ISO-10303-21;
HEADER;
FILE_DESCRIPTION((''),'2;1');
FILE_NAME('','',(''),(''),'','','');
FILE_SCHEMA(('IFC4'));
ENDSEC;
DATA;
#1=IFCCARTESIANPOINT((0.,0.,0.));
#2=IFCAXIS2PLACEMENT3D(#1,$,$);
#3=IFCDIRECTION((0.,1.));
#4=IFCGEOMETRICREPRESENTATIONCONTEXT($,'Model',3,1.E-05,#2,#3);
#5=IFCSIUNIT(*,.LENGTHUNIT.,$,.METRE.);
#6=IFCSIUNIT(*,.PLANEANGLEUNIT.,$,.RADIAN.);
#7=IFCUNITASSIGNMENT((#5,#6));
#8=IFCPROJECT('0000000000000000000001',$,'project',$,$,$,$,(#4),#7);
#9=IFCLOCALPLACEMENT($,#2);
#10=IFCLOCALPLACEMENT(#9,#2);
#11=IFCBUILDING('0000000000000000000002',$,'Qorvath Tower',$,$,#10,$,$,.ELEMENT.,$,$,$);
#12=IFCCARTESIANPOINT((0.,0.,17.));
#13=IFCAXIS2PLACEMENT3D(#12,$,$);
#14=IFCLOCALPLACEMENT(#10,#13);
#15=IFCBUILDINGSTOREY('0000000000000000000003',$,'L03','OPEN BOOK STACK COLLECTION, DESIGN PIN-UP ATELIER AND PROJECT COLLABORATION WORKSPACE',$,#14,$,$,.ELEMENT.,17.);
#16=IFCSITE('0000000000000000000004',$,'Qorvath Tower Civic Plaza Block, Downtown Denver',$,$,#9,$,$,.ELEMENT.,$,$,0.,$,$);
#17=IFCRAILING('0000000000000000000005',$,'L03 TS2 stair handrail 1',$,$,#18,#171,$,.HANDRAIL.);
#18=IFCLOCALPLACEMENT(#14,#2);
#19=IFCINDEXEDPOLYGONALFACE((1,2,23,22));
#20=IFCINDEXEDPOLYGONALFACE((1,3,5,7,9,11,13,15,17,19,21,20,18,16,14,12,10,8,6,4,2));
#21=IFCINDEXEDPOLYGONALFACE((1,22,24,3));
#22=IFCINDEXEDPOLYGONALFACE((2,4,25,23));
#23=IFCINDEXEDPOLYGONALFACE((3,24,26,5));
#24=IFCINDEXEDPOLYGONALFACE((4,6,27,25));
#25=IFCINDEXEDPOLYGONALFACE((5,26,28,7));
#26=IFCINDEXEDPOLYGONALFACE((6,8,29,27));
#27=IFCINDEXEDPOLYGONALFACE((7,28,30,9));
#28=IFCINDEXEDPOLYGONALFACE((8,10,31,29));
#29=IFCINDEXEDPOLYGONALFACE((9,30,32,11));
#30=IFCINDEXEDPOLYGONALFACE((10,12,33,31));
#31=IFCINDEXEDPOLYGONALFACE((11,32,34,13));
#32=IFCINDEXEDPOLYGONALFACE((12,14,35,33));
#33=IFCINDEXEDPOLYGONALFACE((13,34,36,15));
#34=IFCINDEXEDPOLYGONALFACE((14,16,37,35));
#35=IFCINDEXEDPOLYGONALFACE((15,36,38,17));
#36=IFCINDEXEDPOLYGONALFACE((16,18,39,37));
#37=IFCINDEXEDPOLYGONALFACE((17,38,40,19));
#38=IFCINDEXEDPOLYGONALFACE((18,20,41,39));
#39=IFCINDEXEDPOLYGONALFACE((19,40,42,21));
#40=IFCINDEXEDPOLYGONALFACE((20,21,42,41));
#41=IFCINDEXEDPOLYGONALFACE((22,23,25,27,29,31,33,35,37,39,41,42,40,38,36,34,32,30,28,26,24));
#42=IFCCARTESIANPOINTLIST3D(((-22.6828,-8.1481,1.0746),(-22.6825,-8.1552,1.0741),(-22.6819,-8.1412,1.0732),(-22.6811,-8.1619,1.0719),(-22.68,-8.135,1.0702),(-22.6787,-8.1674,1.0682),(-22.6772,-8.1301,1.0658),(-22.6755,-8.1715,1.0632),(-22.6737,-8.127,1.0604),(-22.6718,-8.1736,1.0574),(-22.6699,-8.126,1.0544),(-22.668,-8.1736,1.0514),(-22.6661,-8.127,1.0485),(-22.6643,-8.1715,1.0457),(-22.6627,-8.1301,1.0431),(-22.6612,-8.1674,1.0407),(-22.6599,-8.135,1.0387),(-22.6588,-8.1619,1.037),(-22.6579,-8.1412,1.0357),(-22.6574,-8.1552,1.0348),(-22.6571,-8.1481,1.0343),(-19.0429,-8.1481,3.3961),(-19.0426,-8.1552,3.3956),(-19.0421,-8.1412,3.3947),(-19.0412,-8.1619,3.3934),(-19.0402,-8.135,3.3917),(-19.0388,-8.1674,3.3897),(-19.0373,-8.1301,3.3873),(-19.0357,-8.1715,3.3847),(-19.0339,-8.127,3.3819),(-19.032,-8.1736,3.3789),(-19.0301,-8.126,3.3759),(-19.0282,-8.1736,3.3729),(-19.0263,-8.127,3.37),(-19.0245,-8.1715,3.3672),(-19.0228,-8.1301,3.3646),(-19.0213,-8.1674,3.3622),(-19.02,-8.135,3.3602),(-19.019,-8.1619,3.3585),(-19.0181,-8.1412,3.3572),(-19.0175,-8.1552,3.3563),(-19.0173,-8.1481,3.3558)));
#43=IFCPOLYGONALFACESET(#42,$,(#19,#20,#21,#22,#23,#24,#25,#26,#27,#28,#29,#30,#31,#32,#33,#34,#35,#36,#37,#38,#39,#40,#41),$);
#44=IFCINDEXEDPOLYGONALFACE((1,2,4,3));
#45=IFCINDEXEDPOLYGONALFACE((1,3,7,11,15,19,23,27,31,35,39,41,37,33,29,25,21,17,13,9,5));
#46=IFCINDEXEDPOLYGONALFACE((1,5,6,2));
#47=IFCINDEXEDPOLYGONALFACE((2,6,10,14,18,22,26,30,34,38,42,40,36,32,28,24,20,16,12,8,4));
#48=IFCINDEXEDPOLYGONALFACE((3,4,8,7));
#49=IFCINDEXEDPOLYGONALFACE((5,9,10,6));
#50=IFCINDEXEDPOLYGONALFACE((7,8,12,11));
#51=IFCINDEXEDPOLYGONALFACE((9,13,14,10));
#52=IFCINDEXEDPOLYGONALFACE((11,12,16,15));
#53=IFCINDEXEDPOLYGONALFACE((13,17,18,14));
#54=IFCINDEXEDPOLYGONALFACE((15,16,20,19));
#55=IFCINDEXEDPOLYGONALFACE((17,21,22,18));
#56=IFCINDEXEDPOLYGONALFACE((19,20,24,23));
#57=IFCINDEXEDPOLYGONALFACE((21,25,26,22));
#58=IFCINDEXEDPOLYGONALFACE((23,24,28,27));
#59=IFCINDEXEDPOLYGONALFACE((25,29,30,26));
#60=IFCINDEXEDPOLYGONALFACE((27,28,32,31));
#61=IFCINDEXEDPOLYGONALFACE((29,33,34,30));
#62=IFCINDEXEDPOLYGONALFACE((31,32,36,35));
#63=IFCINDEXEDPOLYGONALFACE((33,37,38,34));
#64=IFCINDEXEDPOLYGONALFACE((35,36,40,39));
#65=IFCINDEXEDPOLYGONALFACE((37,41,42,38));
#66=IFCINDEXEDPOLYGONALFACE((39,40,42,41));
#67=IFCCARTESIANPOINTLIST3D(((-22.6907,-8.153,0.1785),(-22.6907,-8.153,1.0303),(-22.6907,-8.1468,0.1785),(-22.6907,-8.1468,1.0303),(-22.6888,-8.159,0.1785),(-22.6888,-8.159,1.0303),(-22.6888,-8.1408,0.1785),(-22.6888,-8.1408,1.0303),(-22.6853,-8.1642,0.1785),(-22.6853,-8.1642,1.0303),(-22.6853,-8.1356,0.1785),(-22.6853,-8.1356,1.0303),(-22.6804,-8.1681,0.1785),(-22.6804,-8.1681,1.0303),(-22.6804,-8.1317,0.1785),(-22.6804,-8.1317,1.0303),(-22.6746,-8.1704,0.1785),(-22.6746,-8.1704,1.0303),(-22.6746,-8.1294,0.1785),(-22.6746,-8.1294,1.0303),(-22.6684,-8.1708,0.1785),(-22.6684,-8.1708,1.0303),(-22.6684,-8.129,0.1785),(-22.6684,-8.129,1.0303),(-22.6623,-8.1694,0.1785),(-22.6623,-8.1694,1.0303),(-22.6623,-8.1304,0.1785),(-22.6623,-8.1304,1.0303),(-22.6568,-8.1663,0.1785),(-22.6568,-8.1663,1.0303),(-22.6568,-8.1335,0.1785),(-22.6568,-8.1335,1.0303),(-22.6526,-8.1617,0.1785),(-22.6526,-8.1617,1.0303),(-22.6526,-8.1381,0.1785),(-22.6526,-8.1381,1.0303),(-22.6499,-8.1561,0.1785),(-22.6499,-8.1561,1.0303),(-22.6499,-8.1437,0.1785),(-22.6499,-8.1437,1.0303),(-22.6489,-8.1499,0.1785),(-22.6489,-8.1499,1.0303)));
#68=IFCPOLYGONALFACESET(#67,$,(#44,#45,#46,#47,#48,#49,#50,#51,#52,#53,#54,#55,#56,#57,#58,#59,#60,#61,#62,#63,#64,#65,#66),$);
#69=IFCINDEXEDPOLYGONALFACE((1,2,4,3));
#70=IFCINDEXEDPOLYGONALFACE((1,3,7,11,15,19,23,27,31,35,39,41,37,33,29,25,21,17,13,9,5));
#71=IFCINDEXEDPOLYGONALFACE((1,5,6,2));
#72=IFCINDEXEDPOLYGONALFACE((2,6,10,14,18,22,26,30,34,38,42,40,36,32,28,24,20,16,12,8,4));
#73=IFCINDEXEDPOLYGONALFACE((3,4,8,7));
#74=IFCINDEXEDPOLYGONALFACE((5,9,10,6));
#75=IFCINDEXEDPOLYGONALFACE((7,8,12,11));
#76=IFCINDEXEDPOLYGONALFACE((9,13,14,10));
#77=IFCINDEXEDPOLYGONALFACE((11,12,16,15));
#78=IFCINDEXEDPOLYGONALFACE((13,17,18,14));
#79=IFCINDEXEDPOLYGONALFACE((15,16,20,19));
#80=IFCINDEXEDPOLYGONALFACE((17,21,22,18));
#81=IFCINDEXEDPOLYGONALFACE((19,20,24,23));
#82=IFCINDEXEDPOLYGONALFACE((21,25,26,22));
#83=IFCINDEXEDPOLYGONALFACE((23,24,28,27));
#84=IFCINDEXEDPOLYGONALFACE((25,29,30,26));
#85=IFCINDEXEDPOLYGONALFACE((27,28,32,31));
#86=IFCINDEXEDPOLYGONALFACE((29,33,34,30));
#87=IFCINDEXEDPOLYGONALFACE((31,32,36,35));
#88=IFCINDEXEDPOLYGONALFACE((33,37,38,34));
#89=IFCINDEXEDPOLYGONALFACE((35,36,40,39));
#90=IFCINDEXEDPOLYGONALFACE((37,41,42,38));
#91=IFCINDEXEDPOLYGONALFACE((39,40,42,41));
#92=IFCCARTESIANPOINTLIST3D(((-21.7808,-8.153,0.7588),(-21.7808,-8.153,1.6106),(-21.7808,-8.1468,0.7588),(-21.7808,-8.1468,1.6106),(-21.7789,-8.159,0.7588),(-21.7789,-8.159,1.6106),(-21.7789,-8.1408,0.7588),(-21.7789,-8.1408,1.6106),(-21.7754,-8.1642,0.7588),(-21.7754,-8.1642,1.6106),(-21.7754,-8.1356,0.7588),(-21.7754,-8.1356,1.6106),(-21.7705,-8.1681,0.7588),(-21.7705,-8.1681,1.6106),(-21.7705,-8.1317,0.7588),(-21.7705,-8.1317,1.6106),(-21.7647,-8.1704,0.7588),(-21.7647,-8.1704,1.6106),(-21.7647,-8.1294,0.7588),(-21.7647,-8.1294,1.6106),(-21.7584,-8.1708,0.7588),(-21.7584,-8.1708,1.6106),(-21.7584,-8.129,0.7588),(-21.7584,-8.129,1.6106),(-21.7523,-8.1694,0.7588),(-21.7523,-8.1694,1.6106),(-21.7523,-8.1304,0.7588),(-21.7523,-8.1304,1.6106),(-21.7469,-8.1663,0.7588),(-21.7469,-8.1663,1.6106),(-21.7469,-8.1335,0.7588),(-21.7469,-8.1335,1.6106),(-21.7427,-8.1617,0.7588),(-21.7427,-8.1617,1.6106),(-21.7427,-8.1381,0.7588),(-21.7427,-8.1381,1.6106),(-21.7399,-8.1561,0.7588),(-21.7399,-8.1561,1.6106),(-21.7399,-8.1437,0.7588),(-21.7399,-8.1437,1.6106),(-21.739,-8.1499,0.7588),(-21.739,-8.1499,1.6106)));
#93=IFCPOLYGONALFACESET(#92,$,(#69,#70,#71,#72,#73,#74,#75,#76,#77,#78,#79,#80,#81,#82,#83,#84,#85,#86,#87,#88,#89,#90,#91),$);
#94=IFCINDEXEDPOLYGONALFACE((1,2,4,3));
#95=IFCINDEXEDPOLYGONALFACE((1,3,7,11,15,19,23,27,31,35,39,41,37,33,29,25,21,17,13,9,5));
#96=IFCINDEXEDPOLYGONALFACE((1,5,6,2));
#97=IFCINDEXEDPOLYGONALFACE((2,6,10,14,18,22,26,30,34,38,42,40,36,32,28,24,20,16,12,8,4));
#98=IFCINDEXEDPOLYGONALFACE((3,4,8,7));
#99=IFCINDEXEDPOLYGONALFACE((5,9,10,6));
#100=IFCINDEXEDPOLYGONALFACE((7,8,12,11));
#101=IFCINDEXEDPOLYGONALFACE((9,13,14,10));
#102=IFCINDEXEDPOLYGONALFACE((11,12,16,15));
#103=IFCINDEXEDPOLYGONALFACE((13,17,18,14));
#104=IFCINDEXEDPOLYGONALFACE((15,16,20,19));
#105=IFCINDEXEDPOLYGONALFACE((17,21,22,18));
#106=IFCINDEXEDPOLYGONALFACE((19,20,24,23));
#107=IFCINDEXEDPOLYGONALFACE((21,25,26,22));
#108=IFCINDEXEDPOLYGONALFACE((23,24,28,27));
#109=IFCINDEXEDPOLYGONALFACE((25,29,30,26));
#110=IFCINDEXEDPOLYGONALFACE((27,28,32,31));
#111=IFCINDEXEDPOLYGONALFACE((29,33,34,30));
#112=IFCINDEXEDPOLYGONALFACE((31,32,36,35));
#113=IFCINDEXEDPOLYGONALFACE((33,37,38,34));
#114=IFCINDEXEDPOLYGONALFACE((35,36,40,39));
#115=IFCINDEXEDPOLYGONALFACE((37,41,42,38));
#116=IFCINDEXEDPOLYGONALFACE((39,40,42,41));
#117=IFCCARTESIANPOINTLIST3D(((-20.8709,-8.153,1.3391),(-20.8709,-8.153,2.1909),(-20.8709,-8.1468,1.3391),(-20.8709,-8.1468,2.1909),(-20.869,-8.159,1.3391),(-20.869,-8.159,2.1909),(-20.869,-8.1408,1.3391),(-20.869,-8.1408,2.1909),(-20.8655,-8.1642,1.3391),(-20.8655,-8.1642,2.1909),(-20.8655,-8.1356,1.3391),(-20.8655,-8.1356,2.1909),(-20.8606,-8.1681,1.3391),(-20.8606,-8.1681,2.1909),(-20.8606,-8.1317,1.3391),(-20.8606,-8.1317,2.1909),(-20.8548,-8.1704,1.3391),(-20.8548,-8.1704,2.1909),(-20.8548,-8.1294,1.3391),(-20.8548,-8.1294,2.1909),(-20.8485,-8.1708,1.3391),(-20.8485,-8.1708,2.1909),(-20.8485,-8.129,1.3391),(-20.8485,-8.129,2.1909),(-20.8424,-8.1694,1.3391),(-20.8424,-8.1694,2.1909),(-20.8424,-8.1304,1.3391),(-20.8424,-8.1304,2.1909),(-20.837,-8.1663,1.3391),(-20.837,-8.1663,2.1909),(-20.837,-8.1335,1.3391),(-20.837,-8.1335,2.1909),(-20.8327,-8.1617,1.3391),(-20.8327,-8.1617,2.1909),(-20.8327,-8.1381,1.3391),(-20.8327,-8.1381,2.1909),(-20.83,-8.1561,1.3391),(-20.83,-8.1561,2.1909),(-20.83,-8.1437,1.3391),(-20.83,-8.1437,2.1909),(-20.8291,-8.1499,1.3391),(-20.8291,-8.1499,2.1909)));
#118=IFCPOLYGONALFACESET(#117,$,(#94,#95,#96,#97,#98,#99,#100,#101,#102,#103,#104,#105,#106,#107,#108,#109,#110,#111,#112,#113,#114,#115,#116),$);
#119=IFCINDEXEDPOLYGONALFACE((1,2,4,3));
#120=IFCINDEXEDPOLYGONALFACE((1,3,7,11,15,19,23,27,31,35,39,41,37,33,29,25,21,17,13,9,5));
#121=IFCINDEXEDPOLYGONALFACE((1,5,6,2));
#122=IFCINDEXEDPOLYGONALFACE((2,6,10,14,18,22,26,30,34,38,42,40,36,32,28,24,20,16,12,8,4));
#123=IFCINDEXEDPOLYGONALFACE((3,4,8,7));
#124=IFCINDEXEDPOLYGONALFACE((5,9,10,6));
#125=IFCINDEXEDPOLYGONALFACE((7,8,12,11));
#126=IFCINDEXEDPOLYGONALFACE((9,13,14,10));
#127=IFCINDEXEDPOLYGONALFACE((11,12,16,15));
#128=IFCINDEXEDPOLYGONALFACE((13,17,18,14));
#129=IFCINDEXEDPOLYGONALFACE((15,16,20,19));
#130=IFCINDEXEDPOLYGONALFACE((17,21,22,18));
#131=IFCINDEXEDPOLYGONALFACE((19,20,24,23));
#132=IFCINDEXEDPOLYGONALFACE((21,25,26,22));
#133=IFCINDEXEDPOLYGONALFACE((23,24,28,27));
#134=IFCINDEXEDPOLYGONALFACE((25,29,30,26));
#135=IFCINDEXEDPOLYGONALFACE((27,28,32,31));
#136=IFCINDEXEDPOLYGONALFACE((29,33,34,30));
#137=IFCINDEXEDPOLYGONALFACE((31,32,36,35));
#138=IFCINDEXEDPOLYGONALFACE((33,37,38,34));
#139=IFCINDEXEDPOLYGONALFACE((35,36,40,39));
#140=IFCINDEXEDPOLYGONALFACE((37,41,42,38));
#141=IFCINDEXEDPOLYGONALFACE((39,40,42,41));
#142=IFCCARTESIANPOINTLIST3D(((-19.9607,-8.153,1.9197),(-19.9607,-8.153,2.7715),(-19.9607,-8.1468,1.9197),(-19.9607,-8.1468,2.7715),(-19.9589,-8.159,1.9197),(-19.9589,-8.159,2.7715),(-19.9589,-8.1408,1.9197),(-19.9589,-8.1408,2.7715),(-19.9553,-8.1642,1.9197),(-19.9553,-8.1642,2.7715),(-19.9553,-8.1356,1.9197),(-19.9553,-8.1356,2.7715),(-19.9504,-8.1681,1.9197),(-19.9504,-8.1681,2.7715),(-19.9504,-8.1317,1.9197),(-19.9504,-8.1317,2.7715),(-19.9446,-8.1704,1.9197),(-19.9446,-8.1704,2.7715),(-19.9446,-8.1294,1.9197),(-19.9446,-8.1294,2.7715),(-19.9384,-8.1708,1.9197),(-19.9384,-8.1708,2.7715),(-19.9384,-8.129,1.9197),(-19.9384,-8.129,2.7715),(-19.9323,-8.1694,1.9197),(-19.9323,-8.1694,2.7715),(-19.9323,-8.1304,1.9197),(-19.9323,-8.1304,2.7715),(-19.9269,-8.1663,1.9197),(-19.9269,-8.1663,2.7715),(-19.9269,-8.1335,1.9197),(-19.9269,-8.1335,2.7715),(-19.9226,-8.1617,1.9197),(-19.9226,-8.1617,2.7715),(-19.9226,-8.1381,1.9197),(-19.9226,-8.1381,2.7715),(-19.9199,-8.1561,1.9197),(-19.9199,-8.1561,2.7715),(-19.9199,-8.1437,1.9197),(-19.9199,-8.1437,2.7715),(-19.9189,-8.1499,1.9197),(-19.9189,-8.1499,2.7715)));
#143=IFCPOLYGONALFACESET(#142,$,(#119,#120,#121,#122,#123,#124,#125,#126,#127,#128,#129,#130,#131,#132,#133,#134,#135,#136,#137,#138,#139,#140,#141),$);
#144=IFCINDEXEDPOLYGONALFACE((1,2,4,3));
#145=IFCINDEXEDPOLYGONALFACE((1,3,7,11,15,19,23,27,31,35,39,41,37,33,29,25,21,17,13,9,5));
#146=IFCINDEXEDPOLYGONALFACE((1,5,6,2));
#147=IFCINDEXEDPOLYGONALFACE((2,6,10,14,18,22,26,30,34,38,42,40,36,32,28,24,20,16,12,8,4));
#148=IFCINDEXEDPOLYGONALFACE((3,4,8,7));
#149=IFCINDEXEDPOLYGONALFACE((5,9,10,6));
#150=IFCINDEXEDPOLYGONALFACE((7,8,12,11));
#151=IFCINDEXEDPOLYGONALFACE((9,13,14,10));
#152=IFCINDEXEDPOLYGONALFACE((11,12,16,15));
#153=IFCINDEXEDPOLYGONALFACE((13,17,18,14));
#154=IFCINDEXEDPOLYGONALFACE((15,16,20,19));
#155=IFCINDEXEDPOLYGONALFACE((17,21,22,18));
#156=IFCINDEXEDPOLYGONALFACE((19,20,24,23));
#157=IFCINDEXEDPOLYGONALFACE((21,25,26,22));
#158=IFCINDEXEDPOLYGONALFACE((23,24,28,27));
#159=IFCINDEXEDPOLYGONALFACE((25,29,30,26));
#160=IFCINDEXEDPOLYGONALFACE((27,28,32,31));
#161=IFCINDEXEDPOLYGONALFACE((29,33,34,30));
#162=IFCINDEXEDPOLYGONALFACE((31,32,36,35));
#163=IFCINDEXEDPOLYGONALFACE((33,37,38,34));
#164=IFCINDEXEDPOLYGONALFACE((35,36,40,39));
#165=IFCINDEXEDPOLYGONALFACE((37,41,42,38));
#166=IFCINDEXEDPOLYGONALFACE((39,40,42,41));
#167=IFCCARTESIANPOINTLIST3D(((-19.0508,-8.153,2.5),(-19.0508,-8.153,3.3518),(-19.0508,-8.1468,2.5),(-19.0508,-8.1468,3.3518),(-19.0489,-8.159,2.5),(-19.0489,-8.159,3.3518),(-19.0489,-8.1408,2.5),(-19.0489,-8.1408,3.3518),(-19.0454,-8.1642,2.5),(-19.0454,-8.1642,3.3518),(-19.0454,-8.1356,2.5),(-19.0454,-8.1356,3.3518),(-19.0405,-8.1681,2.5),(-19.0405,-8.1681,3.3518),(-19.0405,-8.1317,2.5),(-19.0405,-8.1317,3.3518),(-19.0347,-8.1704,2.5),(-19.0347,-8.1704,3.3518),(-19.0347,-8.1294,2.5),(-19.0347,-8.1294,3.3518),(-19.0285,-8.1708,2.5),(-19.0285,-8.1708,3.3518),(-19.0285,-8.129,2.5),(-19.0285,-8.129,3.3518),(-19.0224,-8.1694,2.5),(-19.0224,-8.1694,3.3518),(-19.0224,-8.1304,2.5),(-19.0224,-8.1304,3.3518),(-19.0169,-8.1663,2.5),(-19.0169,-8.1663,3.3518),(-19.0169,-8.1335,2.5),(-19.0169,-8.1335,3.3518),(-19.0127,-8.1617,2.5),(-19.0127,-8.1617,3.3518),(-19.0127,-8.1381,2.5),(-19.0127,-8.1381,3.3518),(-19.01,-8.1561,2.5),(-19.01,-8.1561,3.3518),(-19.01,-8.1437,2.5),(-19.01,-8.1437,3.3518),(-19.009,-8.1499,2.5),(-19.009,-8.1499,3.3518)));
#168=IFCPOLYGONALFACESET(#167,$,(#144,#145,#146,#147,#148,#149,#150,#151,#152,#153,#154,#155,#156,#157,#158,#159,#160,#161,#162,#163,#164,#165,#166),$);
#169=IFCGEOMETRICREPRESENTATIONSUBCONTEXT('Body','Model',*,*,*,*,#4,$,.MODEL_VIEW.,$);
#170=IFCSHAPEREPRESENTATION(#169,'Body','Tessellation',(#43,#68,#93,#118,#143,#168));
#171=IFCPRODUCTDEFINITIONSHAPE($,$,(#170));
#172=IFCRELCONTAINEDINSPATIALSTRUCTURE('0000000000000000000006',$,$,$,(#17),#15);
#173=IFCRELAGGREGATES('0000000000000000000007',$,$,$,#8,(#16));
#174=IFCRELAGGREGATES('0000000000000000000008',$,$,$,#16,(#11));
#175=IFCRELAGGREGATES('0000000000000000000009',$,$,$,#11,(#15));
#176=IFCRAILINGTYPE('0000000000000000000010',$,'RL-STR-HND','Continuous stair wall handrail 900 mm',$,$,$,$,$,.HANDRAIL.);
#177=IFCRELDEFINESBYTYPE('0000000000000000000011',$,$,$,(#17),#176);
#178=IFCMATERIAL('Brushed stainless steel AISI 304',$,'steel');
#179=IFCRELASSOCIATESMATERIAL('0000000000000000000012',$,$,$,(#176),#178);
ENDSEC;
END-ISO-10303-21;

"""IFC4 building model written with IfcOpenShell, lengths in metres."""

from ifc_helpers import new_model, si_unit, direction, frame, origin, origin_2d, place, context, subcontext, project, spatial, circle, extrude, material, type_object, element, save


model = new_model("IFC4")

# Units and contexts
model_context = context("Model", 3, precision=1e-05, world=origin(), true_north=direction((0.0, 1.0)))
body_context = subcontext(model_context, "Body", "Model", "MODEL_VIEW")
ifc_project = project(units=[si_unit("LENGTHUNIT", "METRE"), si_unit("PLANEANGLEUNIT", "RADIAN")], contexts=[model_context])

# Site, building, storey
site_placement = place(None, origin())
site = spatial("IfcSite", under=ifc_project, at=site_placement, Name="Qorvath Tower Civic Plaza Block, Downtown Denver", CompositionType="ELEMENT", RefElevation=0.0)
building_placement = place(site_placement, origin())
building = spatial("IfcBuilding", under=site, at=building_placement, Name="Qorvath Tower", CompositionType="ELEMENT")
storey_placement = place(building_placement, frame((0.0, 0.0, 17.0)))
storey = spatial("IfcBuildingStorey", under=building, at=storey_placement, Name="L03", Description="OPEN BOOK STACK COLLECTION, DESIGN PIN-UP ATELIER AND PROJECT COLLABORATION WORKSPACE", CompositionType="ELEMENT", Elevation=17.0)

# Railing
ifc_material_1 = material(Name="Brushed stainless steel AISI 304", Category="steel")
railing_type_1 = type_object("IfcRailingType", Name="RL-STR-HND", Description="Continuous stair wall handrail 900 mm", PredefinedType="HANDRAIL", material=ifc_material_1)
railing_1_placement = place(storey_placement, frame((-22.6699, -8.1499, 0.1785)))
element("IfcRailing", 1, at=railing_1_placement, inside=storey, type_object=railing_type_1, Name="L03 TS2 stair handrail 1", PredefinedType="HANDRAIL", context=body_context, shape_type="SweptSolid", body=[
    extrude(circle(Radius=0.0239, at=origin_2d()), frame((0.0, 0.0, 0.876), z_axis=(0.843112, 0.0, 0.537739), x_axis=(0.0, 1.0, 0.0)), (0.0, 0.0, 1.0), 4.3171),
    extrude(circle(Radius=0.021, at=origin_2d()), origin(), (0.0, 0.0, 1.0), 0.8518),
    extrude(circle(Radius=0.021, at=origin_2d()), frame((0.9099, 0.0, 0.5803)), (0.0, 0.0, 1.0), 0.8518),
    extrude(circle(Radius=0.021, at=origin_2d()), frame((1.8198, 0.0, 1.1606)), (0.0, 0.0, 1.0), 0.8518),
    extrude(circle(Radius=0.021, at=origin_2d()), frame((2.73, 0.0, 1.7412)), (0.0, 0.0, 1.0), 0.8518),
    extrude(circle(Radius=0.021, at=origin_2d()), frame((3.6399, 0.0, 2.3215)), (0.0, 0.0, 1.0), 0.8518),
])

save(model, "model.ifc")
